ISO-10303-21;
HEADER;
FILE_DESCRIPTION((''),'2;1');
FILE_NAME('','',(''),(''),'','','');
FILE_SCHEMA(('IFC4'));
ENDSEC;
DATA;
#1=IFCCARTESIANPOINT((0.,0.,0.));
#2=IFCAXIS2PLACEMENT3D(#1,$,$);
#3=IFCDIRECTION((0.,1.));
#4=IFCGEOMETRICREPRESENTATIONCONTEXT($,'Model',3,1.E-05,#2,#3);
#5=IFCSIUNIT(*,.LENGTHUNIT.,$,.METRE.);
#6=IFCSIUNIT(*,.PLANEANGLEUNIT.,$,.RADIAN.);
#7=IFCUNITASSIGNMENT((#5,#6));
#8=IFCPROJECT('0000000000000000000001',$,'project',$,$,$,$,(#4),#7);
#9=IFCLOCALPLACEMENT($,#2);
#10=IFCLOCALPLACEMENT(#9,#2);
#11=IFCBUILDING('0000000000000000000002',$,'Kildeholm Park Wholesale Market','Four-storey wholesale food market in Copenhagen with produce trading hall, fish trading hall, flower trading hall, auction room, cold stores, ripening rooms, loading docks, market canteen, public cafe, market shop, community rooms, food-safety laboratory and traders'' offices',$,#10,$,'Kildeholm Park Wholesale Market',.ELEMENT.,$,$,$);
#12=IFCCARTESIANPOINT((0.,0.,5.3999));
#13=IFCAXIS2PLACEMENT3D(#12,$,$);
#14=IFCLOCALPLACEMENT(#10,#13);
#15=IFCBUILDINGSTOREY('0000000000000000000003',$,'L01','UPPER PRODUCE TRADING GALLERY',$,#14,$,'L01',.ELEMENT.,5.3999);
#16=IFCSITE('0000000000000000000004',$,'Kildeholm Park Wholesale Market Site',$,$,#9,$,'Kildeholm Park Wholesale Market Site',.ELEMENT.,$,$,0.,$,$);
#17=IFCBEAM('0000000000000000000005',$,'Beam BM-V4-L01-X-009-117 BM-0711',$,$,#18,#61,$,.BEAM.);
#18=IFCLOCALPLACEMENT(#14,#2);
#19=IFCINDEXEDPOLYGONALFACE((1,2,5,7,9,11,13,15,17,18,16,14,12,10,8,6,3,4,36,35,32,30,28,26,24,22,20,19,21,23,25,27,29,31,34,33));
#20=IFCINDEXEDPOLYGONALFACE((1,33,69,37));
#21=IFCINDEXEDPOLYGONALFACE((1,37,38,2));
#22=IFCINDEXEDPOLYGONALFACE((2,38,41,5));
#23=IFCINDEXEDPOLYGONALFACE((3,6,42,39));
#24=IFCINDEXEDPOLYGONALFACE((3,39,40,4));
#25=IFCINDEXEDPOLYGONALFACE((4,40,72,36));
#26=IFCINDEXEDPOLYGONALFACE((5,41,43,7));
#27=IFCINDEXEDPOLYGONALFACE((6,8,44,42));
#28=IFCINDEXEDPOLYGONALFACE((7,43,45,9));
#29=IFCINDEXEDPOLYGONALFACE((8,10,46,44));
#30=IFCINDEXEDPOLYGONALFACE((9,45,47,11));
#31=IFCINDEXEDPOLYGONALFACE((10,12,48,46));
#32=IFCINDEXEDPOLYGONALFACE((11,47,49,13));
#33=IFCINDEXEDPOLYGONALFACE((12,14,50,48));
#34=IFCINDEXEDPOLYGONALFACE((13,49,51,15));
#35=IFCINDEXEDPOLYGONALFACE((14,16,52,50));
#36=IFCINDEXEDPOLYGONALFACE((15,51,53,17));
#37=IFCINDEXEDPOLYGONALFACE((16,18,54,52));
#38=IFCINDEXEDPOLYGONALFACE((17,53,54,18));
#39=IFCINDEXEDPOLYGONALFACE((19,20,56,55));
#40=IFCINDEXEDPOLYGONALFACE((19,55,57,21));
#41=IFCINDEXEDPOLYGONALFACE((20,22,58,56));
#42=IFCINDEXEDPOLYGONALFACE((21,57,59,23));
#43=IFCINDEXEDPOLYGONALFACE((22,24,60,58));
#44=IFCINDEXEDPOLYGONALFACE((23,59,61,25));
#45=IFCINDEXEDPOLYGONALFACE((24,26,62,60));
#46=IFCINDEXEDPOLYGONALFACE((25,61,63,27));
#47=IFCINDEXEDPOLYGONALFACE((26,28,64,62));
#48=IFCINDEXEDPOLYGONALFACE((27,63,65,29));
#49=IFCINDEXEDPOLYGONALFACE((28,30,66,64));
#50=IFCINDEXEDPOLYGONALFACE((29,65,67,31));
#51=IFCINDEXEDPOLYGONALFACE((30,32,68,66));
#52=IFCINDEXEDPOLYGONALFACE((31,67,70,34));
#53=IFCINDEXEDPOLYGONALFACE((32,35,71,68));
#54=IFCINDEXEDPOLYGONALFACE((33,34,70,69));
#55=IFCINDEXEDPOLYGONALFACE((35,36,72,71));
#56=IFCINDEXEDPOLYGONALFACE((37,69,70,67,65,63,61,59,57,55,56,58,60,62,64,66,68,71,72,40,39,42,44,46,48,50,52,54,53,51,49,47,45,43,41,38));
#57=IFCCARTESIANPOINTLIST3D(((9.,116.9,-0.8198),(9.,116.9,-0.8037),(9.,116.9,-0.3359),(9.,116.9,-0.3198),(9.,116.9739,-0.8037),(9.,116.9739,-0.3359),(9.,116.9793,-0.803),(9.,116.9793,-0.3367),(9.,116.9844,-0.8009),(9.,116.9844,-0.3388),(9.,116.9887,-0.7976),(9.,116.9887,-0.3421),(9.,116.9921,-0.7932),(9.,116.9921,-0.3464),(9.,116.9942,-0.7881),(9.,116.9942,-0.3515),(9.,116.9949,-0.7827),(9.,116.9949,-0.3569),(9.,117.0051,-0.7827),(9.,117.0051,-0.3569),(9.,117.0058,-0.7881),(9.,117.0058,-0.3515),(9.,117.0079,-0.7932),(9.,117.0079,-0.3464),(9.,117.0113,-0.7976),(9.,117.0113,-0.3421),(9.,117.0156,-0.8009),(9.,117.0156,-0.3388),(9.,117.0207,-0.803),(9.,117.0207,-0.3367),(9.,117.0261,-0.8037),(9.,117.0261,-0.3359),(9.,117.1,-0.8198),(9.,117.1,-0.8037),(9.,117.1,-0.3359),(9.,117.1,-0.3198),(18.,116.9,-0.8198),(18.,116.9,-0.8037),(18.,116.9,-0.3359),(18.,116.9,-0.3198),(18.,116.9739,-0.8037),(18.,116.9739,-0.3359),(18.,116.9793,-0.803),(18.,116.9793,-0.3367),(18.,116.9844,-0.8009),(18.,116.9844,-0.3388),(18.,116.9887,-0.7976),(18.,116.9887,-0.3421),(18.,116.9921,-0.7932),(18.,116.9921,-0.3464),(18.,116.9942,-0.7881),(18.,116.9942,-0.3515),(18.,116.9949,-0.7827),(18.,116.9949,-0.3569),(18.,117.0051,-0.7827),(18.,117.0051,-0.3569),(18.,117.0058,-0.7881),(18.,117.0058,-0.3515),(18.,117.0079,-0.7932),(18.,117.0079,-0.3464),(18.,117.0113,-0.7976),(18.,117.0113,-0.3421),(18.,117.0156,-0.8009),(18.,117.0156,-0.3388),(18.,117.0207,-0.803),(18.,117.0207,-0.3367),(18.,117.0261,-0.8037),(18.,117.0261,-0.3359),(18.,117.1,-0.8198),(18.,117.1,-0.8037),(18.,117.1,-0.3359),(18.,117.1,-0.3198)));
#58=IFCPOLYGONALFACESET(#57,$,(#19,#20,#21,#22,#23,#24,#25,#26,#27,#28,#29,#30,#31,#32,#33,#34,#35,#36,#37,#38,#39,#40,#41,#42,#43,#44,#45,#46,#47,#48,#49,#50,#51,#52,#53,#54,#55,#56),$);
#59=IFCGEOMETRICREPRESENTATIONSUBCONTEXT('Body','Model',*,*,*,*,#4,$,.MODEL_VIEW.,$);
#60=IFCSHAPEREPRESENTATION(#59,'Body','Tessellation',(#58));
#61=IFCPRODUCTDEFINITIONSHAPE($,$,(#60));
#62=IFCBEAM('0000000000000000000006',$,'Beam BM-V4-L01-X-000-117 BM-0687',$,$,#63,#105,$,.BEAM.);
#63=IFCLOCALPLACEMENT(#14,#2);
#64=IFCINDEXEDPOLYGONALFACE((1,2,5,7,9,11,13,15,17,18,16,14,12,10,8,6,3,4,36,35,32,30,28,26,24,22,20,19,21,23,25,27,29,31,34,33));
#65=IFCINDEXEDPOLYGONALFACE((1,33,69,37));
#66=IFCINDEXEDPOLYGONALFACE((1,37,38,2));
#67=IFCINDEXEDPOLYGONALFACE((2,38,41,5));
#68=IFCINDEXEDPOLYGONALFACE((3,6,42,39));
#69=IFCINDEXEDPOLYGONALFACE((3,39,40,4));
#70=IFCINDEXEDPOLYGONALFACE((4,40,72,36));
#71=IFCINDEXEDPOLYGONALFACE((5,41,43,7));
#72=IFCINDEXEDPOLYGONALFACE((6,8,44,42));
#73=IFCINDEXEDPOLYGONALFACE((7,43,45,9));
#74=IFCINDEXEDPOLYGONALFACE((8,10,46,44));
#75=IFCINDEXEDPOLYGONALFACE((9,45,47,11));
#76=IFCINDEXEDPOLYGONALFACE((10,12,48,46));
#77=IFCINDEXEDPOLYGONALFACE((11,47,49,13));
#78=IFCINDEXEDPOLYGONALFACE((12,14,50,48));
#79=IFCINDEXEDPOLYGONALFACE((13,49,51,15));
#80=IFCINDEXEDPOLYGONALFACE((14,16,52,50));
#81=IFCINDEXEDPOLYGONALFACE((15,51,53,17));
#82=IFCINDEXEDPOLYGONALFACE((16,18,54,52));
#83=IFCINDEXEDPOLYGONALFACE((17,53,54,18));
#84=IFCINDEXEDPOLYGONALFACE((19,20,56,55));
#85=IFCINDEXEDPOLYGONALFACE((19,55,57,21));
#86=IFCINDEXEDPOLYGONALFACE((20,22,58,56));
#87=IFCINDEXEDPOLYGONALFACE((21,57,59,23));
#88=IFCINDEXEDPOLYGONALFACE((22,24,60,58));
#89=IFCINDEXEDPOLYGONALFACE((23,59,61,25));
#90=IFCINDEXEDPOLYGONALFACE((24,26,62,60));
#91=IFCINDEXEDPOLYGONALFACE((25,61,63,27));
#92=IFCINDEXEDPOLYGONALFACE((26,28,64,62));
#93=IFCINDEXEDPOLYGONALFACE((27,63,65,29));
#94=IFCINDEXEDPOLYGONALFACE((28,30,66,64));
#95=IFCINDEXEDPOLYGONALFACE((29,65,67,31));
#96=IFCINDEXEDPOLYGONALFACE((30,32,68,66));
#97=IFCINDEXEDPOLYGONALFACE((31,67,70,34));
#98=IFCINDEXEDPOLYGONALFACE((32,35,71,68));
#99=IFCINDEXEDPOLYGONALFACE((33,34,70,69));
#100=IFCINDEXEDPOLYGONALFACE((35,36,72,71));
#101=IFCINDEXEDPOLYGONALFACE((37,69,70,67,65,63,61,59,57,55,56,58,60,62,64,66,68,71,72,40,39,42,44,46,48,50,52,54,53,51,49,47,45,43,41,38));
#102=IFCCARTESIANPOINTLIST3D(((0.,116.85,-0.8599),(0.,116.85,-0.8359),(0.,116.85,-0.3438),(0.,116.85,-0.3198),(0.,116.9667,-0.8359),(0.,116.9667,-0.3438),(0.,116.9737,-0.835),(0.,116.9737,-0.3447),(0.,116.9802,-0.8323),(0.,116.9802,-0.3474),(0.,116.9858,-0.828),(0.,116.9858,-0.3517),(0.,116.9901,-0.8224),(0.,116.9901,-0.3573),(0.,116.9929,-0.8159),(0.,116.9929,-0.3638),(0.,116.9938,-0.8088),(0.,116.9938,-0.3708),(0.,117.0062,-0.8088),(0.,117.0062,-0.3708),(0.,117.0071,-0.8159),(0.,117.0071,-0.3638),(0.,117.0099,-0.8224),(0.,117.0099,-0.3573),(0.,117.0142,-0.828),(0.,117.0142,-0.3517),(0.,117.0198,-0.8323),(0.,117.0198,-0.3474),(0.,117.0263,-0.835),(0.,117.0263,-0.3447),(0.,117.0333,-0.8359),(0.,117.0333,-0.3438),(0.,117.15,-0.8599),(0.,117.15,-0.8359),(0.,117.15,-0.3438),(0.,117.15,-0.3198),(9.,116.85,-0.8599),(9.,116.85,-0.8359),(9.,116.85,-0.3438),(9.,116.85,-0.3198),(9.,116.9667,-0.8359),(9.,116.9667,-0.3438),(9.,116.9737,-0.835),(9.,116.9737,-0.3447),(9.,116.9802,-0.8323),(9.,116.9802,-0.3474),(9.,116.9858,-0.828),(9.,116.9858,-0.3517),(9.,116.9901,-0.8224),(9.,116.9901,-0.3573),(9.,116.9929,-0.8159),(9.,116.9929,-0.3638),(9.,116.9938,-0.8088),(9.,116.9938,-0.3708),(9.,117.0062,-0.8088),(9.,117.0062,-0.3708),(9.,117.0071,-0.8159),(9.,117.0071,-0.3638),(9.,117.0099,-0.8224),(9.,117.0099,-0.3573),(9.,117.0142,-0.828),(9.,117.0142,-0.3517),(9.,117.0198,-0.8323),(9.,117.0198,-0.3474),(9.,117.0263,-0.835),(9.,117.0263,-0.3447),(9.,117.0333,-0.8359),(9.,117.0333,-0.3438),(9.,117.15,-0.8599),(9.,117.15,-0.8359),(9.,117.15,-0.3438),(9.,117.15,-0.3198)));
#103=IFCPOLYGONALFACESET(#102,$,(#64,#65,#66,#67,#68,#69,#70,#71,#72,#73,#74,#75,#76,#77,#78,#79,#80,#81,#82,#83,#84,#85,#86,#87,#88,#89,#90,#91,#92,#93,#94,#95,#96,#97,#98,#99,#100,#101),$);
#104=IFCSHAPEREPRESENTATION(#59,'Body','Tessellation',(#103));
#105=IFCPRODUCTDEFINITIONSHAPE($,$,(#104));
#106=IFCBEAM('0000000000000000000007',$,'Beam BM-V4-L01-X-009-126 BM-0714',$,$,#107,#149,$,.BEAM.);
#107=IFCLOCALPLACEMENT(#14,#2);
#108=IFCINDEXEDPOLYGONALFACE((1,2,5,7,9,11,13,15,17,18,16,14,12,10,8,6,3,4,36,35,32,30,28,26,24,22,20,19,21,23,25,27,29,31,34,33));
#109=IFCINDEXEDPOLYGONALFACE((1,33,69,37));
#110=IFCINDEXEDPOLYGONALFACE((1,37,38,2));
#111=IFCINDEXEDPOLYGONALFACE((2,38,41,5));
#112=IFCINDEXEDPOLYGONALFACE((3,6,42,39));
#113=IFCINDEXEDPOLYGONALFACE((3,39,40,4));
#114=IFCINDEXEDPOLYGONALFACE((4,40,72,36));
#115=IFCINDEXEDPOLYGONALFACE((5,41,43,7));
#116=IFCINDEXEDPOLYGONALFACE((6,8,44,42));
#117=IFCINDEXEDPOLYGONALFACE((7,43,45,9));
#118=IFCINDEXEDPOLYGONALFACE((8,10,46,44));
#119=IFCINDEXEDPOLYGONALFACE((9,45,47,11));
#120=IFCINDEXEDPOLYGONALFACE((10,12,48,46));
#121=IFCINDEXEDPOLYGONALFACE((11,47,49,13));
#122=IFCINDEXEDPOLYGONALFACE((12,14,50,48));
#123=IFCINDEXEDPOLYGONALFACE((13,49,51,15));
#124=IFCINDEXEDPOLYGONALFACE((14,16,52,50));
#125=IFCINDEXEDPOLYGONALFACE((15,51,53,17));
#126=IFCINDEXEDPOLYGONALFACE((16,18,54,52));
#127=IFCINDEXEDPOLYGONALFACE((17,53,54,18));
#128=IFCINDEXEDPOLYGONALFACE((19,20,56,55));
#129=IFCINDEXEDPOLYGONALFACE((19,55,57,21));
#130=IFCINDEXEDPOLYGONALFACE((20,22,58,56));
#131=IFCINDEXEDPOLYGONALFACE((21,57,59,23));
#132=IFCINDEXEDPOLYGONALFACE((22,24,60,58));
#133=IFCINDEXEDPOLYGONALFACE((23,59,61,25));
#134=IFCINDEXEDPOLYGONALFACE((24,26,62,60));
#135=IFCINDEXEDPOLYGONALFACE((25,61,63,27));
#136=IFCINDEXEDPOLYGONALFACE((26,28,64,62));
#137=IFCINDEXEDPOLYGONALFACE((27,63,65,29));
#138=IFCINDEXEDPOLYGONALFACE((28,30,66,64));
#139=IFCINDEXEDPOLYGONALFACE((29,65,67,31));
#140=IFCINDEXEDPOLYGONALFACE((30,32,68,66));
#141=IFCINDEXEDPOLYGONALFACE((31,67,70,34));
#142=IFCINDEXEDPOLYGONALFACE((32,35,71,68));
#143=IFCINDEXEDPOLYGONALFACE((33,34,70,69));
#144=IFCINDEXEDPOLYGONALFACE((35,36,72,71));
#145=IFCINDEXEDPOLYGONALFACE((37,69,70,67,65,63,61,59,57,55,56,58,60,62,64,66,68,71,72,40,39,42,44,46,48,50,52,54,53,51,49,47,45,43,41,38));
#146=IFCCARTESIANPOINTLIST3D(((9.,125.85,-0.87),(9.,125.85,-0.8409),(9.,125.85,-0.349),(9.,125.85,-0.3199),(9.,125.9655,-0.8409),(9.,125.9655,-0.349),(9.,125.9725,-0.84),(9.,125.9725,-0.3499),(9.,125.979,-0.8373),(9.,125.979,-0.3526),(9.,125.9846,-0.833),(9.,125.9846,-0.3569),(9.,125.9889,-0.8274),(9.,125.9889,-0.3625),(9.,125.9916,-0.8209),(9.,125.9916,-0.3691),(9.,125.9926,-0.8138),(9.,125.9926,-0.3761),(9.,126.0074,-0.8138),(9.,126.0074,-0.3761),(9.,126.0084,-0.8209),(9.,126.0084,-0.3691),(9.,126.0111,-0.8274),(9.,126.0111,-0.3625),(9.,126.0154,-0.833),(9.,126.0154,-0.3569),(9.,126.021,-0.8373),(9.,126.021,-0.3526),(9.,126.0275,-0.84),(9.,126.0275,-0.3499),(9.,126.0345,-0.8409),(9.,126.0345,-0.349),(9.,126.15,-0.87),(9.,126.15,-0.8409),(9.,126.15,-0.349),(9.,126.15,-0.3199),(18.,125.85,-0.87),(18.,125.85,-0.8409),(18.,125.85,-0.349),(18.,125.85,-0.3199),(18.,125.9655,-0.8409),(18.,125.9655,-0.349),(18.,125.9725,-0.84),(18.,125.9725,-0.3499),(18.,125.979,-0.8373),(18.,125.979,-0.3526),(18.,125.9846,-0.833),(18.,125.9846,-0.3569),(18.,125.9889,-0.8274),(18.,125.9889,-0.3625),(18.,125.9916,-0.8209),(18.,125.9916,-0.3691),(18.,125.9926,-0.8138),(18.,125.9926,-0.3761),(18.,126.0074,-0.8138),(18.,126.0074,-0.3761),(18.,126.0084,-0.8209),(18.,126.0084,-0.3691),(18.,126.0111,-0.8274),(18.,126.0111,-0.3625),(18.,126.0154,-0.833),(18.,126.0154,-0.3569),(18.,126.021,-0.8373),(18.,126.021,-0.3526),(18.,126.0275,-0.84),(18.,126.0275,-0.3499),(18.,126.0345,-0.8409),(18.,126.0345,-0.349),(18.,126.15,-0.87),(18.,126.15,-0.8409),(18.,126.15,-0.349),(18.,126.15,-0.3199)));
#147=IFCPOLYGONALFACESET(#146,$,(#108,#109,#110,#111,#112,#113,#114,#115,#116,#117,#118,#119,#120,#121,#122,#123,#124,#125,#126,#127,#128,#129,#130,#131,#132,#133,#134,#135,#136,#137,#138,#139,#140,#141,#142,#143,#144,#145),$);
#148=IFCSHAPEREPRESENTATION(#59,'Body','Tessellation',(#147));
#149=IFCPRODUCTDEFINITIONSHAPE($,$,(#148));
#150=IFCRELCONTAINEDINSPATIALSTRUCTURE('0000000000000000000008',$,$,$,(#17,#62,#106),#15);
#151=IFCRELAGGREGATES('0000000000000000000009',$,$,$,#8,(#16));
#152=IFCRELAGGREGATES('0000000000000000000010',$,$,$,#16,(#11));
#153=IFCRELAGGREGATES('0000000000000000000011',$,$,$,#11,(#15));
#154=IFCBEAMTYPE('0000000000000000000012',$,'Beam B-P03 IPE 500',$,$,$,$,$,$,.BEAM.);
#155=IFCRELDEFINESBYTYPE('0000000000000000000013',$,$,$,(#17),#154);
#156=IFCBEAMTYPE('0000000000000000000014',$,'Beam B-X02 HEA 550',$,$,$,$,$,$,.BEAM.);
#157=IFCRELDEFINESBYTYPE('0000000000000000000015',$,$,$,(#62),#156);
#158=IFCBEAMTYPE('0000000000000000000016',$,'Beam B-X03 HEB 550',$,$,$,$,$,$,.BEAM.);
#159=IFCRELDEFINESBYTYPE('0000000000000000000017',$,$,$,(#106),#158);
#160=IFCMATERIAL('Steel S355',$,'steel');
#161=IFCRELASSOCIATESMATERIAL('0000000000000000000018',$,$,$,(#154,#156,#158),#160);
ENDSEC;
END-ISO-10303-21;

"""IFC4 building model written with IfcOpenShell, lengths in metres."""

from ifc_helpers import new_model, si_unit, direction, frame, origin, origin_2d, place, context, subcontext, project, spatial, i_section, extrude, material, material_profile, profile_set, type_object, element, save


model = new_model("IFC4")

# Units and contexts
model_context = context("Model", 3, precision=1e-05, world=origin(), true_north=direction((0.0, 1.0)))
body_context = subcontext(model_context, "Body", "Model", "MODEL_VIEW")
ifc_project = project(units=[si_unit("LENGTHUNIT", "METRE"), si_unit("PLANEANGLEUNIT", "RADIAN")], contexts=[model_context])

# Site, building, storey
site_placement = place(None, origin())
site = spatial("IfcSite", under=ifc_project, at=site_placement, Name="Kildeholm Park Wholesale Market Site", LongName="Kildeholm Park Wholesale Market Site", CompositionType="ELEMENT", RefElevation=0.0)
building_placement = place(site_placement, origin())
building = spatial("IfcBuilding", under=site, at=building_placement, Name="Kildeholm Park Wholesale Market", Description="Four-storey wholesale food market in Copenhagen with produce trading hall, fish trading hall, flower trading hall, auction room, cold stores, ripening rooms, loading docks, market canteen, public cafe, market shop, community rooms, food-safety laboratory and traders' offices", LongName="Kildeholm Park Wholesale Market", CompositionType="ELEMENT")
storey_placement = place(building_placement, frame((0.0, 0.0, 5.3999)))
storey = spatial("IfcBuildingStorey", under=building, at=storey_placement, Name="L01", Description="UPPER PRODUCE TRADING GALLERY", LongName="L01", CompositionType="ELEMENT", Elevation=5.3999)

# Beams
ifc_material_1 = material(Name="Steel S355", Category="steel")
ifc_material_profile_1 = material_profile(ifc_material_1, i_section(OverallWidth=0.2, OverallDepth=0.5, WebThickness=0.0103, FlangeThickness=0.0161, FilletRadius=0.021, at=origin_2d()), Name="IPE 500")
ifc_profile_set_1 = profile_set([ifc_material_profile_1], Name="Steel S355")
beam_type_1 = type_object("IfcBeamType", Name="Beam B-P03 IPE 500", PredefinedType="BEAM", material=ifc_profile_set_1)
for number, where, z_axis, x_axis, name in (
    (1, (9.0, 117.0, -0.5698), (1.0, 0.0, 0.0), (0.0, 1.0, 0.0), "Beam BM-V4-L01-X-009-117 BM-0711"),
):
    element("IfcBeam", number, at=place(storey_placement, frame(where, z_axis=z_axis, x_axis=x_axis)), inside=storey, type_object=beam_type_1, Name=name, PredefinedType="BEAM", context=body_context, shape_type="SweptSolid", body=[
        extrude(i_section(OverallWidth=0.2, OverallDepth=0.5, WebThickness=0.0103, FlangeThickness=0.0161, FilletRadius=0.021, at=origin_2d()), origin(), (0.0, 0.0, 1.0), 9.0),
    ])
ifc_material_profile_2 = material_profile(ifc_material_1, i_section(OverallWidth=0.3, OverallDepth=0.54, WebThickness=0.0125, FlangeThickness=0.0239, FilletRadius=0.0271, at=origin_2d()), Name="HEA 550")
ifc_profile_set_2 = profile_set([ifc_material_profile_2], Name="Steel S355")
beam_type_2 = type_object("IfcBeamType", Name="Beam B-X02 HEA 550", PredefinedType="BEAM", material=ifc_profile_set_2)
beam_1_placement = place(storey_placement, frame((0.0, 117.0, -0.5898), z_axis=(1.0, 0.0, 0.0), x_axis=(0.0, 1.0, 0.0)))
element("IfcBeam", 2, at=beam_1_placement, inside=storey, type_object=beam_type_2, Name="Beam BM-V4-L01-X-000-117 BM-0687", PredefinedType="BEAM", context=body_context, shape_type="SweptSolid", body=[
    extrude(i_section(OverallWidth=0.3, OverallDepth=0.54, WebThickness=0.0125, FlangeThickness=0.0239, FilletRadius=0.0271, at=origin_2d()), origin(), (0.0, 0.0, 1.0), 9.0),
])
ifc_material_profile_3 = material_profile(ifc_material_1, i_section(OverallWidth=0.3, OverallDepth=0.55, WebThickness=0.0149, FlangeThickness=0.0291, FilletRadius=0.0271, at=origin_2d()), Name="HEB 550")
ifc_profile_set_3 = profile_set([ifc_material_profile_3], Name="Steel S355")
beam_type_3 = type_object("IfcBeamType", Name="Beam B-X03 HEB 550", PredefinedType="BEAM", material=ifc_profile_set_3)
beam_2_placement = place(storey_placement, frame((9.0, 126.0, -0.595), z_axis=(1.0, 0.0, 0.0), x_axis=(0.0, 1.0, 0.0)))
element("IfcBeam", 3, at=beam_2_placement, inside=storey, type_object=beam_type_3, Name="Beam BM-V4-L01-X-009-126 BM-0714", PredefinedType="BEAM", context=body_context, shape_type="SweptSolid", body=[
    extrude(i_section(OverallWidth=0.3, OverallDepth=0.55, WebThickness=0.0149, FlangeThickness=0.0291, FilletRadius=0.0271, at=origin_2d()), origin(), (0.0, 0.0, 1.0), 9.0),
])

save(model, "model.ifc")
